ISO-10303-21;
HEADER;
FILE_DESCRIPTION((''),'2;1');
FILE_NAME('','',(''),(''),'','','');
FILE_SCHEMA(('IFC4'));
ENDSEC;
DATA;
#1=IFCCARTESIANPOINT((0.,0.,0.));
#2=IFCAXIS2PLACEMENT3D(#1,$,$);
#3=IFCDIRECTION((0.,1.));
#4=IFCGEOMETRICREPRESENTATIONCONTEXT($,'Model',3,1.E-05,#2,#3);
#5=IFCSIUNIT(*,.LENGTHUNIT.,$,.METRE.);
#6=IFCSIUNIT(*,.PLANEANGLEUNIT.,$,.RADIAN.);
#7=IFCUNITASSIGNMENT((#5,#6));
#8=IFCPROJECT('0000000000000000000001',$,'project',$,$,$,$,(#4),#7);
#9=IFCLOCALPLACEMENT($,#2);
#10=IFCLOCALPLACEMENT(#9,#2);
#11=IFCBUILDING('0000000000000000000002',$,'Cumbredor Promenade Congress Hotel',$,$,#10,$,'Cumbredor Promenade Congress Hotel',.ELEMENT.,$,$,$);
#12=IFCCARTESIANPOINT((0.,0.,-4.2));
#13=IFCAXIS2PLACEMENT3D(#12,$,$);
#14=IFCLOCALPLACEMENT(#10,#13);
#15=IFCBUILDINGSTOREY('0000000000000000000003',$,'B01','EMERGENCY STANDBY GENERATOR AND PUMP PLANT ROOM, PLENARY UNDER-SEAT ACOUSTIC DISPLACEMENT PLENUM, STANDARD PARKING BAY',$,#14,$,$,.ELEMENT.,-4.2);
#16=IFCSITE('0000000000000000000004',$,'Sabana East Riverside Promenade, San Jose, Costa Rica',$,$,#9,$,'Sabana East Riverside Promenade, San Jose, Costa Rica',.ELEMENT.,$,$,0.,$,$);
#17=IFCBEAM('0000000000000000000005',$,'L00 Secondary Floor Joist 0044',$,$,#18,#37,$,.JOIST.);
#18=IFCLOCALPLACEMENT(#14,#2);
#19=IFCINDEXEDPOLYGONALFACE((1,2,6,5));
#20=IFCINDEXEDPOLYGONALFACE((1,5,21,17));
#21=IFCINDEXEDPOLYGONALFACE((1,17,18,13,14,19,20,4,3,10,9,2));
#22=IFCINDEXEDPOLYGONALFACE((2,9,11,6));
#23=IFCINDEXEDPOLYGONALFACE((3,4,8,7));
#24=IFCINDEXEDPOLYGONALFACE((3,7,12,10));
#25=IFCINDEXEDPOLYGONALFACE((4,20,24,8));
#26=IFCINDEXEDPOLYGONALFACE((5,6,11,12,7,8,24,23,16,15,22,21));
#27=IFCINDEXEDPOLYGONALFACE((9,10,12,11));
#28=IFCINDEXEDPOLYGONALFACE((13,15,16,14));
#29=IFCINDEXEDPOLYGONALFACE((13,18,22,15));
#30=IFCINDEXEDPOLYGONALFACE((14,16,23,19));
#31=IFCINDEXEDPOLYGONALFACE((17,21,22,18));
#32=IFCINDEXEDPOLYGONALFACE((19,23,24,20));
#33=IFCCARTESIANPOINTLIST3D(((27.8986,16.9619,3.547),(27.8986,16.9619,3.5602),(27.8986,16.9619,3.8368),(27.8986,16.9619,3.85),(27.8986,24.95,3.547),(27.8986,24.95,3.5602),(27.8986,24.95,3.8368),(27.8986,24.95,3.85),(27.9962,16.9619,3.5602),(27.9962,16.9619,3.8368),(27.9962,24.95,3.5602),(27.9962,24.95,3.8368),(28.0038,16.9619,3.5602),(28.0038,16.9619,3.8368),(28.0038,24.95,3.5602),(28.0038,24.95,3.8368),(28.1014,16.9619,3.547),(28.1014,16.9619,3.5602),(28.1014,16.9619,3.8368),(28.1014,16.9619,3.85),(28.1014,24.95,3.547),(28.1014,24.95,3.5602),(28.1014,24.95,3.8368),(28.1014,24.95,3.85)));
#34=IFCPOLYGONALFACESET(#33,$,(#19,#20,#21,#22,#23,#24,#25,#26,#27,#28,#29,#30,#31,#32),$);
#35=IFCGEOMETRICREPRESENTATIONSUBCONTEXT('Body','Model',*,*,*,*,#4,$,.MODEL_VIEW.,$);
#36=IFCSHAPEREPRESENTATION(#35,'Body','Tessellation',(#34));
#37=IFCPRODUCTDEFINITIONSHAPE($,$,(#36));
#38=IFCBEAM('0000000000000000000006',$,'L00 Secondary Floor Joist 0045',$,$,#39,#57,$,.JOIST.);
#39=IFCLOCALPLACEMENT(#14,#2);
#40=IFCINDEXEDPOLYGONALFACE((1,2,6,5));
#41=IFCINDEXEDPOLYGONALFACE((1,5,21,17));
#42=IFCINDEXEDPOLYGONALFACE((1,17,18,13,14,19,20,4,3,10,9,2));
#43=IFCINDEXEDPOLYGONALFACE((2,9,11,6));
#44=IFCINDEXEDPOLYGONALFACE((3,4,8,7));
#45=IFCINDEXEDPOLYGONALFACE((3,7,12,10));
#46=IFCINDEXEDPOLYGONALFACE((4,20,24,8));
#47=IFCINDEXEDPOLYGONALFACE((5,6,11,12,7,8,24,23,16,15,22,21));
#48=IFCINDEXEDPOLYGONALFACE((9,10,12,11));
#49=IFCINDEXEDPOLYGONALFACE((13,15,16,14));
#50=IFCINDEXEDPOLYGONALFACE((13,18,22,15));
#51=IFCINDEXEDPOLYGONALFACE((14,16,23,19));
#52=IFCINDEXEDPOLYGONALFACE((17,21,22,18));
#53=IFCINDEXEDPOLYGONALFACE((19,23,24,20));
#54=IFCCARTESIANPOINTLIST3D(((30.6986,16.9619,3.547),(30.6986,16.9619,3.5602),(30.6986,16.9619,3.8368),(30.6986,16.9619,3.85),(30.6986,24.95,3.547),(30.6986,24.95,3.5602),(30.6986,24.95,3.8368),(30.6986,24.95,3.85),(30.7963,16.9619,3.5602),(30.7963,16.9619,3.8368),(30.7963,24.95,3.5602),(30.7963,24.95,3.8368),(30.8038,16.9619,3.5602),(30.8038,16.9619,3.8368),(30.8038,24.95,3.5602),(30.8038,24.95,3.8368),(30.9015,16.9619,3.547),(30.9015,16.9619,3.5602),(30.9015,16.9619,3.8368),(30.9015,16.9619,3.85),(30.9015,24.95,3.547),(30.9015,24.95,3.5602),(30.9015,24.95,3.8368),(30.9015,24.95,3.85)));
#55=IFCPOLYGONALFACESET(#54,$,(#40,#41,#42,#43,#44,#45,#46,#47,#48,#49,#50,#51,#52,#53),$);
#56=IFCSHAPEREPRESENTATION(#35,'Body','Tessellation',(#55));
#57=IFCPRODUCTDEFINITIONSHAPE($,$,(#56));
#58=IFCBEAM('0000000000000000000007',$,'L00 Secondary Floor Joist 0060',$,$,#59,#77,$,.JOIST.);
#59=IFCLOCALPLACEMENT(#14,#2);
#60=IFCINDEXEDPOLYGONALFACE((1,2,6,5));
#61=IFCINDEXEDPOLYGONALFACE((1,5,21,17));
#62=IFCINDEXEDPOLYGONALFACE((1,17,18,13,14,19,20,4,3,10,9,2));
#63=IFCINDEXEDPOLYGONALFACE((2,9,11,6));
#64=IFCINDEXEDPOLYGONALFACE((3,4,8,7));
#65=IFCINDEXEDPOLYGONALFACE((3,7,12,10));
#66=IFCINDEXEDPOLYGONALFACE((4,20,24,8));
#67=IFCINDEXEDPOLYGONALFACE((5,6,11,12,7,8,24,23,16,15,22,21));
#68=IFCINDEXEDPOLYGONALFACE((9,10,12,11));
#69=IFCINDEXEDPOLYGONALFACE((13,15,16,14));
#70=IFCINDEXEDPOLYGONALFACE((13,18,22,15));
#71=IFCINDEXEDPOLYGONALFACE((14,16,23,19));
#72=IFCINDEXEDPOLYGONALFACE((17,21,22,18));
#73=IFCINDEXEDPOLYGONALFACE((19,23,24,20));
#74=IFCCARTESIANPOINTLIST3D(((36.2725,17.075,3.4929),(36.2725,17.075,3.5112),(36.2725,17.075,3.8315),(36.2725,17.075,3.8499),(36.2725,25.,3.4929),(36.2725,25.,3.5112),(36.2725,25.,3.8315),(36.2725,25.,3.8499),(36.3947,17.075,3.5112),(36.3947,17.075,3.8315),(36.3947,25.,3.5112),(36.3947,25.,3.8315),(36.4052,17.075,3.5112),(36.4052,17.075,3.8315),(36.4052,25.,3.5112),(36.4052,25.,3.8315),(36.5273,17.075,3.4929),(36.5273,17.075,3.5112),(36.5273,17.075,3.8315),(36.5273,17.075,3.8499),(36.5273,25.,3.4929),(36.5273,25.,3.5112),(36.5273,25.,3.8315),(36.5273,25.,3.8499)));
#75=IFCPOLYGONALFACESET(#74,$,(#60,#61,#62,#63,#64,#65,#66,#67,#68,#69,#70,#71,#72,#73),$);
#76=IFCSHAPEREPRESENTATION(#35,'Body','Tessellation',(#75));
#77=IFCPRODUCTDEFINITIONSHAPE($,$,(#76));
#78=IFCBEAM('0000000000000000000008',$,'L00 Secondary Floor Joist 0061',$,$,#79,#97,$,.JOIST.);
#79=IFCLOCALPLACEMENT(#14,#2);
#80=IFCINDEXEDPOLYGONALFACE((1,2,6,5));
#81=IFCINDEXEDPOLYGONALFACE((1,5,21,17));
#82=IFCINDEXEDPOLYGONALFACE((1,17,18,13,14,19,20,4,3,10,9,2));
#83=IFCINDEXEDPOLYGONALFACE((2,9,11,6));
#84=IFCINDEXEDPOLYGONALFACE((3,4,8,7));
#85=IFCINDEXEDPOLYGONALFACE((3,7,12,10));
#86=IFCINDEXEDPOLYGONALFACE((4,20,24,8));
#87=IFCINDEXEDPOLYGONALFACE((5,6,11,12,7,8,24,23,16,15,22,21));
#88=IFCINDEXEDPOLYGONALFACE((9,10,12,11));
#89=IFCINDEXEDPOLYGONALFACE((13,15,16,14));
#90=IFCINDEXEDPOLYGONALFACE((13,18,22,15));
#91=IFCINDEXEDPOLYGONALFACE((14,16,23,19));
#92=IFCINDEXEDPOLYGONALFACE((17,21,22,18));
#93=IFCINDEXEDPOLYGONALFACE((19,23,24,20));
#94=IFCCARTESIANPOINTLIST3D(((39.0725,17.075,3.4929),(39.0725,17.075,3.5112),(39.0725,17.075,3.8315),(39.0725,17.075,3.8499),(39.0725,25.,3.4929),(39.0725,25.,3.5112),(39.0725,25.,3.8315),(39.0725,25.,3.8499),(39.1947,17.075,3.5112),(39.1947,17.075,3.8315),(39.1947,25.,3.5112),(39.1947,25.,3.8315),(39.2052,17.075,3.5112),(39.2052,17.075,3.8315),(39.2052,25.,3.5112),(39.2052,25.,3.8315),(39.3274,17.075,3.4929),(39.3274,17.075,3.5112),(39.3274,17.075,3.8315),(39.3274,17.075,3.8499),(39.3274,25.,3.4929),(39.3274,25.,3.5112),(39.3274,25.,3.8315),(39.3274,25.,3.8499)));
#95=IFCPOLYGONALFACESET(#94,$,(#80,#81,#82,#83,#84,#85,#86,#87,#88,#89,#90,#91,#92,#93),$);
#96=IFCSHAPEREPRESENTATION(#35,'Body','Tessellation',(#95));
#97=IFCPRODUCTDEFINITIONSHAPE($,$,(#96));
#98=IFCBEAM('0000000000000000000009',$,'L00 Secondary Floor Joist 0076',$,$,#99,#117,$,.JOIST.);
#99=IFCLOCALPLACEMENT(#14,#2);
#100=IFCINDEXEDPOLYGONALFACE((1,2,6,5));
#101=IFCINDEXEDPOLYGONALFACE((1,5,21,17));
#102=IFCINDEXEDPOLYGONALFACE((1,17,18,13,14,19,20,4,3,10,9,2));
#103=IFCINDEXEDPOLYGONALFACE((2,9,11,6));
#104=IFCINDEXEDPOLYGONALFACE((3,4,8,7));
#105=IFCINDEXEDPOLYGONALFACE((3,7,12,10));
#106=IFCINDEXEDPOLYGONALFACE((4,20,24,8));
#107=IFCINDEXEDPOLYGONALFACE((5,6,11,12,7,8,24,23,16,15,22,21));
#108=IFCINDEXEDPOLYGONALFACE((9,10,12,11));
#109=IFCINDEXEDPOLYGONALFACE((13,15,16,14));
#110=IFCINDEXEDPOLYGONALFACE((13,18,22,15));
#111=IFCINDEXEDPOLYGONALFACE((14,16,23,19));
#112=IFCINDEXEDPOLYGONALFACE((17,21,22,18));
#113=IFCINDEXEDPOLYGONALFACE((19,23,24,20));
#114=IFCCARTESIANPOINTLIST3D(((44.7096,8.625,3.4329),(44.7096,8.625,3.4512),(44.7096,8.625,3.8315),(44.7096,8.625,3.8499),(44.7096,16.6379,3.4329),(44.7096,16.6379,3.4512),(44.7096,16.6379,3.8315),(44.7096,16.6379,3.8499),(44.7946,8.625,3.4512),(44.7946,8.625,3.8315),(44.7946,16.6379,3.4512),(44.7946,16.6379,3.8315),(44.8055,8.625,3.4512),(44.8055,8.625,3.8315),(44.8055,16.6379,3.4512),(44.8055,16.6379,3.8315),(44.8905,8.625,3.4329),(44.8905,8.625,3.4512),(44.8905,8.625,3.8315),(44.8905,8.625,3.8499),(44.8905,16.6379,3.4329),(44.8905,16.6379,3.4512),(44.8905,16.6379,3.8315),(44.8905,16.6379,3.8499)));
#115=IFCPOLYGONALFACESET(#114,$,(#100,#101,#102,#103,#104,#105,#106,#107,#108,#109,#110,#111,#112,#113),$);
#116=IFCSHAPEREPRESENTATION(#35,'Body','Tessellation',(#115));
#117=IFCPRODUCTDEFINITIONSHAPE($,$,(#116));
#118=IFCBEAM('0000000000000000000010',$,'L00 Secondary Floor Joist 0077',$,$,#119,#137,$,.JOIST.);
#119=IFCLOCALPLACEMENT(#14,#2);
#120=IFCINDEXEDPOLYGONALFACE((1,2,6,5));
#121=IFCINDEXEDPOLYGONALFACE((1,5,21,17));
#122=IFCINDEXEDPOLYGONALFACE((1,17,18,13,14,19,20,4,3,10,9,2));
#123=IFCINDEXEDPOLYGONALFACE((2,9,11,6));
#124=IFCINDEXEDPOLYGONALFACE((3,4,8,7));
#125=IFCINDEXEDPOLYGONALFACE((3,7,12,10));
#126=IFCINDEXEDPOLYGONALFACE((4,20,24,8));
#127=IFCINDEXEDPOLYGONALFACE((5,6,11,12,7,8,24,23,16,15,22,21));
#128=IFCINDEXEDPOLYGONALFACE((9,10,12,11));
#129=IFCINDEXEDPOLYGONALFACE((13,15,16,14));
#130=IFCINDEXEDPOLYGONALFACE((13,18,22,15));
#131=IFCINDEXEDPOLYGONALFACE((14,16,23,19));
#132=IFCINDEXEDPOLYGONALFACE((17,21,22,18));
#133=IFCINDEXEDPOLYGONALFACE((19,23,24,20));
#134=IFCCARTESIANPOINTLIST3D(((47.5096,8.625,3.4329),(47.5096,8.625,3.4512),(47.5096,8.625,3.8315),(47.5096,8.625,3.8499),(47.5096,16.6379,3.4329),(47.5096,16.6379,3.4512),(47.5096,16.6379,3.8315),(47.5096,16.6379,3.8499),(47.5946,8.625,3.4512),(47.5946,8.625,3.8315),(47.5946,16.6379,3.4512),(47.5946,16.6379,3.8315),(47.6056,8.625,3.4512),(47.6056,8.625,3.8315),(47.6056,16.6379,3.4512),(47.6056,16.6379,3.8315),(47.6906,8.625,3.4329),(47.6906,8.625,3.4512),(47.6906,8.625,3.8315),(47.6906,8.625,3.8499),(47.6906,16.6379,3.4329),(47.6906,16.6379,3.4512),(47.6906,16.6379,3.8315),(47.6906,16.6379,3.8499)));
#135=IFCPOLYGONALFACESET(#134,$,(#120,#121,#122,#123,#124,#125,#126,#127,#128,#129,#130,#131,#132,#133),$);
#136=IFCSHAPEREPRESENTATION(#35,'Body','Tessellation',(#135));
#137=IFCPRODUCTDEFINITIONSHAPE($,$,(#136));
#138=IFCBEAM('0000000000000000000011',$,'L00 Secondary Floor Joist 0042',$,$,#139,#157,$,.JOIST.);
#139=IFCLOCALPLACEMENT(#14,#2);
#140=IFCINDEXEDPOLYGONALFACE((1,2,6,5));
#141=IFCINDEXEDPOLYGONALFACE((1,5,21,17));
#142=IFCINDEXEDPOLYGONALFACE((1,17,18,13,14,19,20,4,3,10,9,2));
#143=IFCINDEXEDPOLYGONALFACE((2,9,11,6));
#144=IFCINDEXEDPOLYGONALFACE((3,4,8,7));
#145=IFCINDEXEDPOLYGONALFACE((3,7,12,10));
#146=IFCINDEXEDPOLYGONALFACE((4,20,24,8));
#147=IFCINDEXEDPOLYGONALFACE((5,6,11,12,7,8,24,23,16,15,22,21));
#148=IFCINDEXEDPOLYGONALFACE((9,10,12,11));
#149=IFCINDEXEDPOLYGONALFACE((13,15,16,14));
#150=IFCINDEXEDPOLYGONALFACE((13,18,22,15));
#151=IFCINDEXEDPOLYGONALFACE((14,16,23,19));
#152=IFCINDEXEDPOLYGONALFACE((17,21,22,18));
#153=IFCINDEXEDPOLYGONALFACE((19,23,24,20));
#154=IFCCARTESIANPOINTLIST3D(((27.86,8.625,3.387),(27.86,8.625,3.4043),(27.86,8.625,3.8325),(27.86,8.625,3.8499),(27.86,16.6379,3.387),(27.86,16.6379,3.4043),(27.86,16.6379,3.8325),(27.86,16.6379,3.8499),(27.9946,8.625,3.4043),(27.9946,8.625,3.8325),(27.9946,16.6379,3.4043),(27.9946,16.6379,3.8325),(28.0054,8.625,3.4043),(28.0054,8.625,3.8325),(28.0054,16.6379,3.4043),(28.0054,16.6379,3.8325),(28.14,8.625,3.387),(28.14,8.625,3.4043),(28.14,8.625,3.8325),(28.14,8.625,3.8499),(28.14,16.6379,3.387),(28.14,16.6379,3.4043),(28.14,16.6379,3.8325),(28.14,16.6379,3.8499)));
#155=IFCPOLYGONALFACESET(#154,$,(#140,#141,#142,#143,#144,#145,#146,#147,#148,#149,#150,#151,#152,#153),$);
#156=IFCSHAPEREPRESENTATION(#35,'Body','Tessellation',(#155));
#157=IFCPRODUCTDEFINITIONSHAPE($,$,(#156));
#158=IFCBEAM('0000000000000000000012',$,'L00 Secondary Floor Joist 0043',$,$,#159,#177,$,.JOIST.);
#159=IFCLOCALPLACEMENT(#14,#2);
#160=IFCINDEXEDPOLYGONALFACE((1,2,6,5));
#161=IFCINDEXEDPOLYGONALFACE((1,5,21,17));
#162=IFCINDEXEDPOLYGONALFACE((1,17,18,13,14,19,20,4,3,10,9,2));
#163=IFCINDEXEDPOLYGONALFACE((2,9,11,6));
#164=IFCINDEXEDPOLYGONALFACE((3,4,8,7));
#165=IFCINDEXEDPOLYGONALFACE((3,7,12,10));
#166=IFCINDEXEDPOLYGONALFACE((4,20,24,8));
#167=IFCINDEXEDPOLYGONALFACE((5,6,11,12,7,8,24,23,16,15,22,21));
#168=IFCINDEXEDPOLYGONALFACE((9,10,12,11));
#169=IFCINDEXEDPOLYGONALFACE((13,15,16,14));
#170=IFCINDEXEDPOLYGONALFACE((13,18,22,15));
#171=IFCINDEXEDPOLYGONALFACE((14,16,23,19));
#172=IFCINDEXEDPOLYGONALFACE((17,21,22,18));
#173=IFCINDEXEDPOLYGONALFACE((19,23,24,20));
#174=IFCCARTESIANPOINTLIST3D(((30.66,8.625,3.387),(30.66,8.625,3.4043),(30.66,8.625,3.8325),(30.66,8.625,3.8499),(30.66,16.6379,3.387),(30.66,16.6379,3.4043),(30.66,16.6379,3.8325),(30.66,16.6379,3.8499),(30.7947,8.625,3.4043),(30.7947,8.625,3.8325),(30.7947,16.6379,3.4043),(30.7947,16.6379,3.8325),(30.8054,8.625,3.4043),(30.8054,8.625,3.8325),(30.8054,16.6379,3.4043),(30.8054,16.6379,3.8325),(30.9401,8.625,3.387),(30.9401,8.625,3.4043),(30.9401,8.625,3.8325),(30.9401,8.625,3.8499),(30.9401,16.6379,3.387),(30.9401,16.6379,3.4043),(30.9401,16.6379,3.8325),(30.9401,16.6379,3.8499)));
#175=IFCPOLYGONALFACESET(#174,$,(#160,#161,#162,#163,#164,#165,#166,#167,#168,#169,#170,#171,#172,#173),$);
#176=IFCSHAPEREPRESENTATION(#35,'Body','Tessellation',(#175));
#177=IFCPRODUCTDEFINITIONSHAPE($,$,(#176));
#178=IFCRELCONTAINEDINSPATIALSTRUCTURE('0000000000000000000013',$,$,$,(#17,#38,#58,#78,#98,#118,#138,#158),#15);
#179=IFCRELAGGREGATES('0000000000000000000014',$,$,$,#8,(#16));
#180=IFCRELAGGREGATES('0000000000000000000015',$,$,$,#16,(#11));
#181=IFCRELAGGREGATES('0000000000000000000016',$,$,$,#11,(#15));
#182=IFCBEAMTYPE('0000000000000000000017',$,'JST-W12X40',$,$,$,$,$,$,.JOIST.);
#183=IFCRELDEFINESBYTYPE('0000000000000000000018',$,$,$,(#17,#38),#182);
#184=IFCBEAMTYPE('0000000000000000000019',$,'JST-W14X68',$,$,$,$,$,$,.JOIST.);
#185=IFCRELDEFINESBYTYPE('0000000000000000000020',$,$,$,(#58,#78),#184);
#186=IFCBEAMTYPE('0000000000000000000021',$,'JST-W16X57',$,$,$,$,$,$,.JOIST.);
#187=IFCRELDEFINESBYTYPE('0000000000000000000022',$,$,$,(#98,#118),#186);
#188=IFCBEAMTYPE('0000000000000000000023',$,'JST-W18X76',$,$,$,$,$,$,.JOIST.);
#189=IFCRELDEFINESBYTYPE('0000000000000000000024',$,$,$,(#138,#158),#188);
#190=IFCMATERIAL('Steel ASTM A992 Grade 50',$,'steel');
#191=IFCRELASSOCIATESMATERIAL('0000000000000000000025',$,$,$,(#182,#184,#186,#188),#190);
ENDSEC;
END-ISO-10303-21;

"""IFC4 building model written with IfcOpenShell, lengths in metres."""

from ifc_helpers import new_model, si_unit, direction, frame, origin, origin_2d, place, context, subcontext, project, spatial, i_section, extrude, material, material_profile, profile_set, type_object, element, save


model = new_model("IFC4")

# Units and contexts
model_context = context("Model", 3, precision=1e-05, world=origin(), true_north=direction((0.0, 1.0)))
body_context = subcontext(model_context, "Body", "Model", "MODEL_VIEW")
ifc_project = project(units=[si_unit("LENGTHUNIT", "METRE"), si_unit("PLANEANGLEUNIT", "RADIAN")], contexts=[model_context])

# Site, building, storey
site_placement = place(None, origin())
site = spatial("IfcSite", under=ifc_project, at=site_placement, Name="Sabana East Riverside Promenade, San Jose, Costa Rica", LongName="Sabana East Riverside Promenade, San Jose, Costa Rica", CompositionType="ELEMENT", RefElevation=0.0)
building_placement = place(site_placement, origin())
building = spatial("IfcBuilding", under=site, at=building_placement, Name="Cumbredor Promenade Congress Hotel", LongName="Cumbredor Promenade Congress Hotel", CompositionType="ELEMENT")
storey_placement = place(building_placement, frame((0.0, 0.0, -4.2)))
storey = spatial("IfcBuildingStorey", under=building, at=storey_placement, Name="B01", Description="EMERGENCY STANDBY GENERATOR AND PUMP PLANT ROOM, PLENARY UNDER-SEAT ACOUSTIC DISPLACEMENT PLENUM, STANDARD PARKING BAY", CompositionType="ELEMENT", Elevation=-4.2)

# Beams
ifc_material_1 = material(Name="Steel ASTM A992 Grade 50", Category="steel")
ifc_material_profile_1 = material_profile(ifc_material_1, i_section(OverallWidth=0.2029, OverallDepth=0.303, WebThickness=0.0076, FlangeThickness=0.0132, at=origin_2d()), Name="W12X40")
ifc_profile_set_1 = profile_set([ifc_material_profile_1], Name="Steel ASTM A992 Grade 50")
beam_type_1 = type_object("IfcBeamType", Name="JST-W12X40", PredefinedType="JOIST", material=ifc_profile_set_1)
for number, where, z_axis, x_axis, name in (
    (1, (28.0, 16.9619, 3.6985), (0.0, 1.0, 0.0), (-1.0, 0.0, 0.0), "L00 Secondary Floor Joist 0044"),
    (2, (30.8, 16.9619, 3.6985), (0.0, 1.0, 0.0), (-1.0, 0.0, 0.0), "L00 Secondary Floor Joist 0045"),
):
    element("IfcBeam", number, at=place(storey_placement, frame(where, z_axis=z_axis, x_axis=x_axis)), inside=storey, type_object=beam_type_1, Name=name, PredefinedType="JOIST", context=body_context, shape_type="SweptSolid", body=[
        extrude(i_section(OverallWidth=0.2029, OverallDepth=0.303, WebThickness=0.0076, FlangeThickness=0.0132, at=origin_2d()), origin(), (0.0, 0.0, 1.0), 7.988),
    ])
ifc_material_profile_2 = material_profile(ifc_material_1, i_section(OverallWidth=0.2549, OverallDepth=0.3569, WebThickness=0.0105, FlangeThickness=0.0183, at=origin_2d()), Name="W14X68")
ifc_profile_set_2 = profile_set([ifc_material_profile_2], Name="Steel ASTM A992 Grade 50")
beam_type_2 = type_object("IfcBeamType", Name="JST-W14X68", PredefinedType="JOIST", material=ifc_profile_set_2)
for number, where, z_axis, x_axis, name in (
    (3, (36.3999, 17.075, 3.6714), (0.0, 1.0, 0.0), (-1.0, 0.0, 0.0), "L00 Secondary Floor Joist 0060"),
    (4, (39.2, 17.075, 3.6714), (0.0, 1.0, 0.0), (-1.0, 0.0, 0.0), "L00 Secondary Floor Joist 0061"),
):
    element("IfcBeam", number, at=place(storey_placement, frame(where, z_axis=z_axis, x_axis=x_axis)), inside=storey, type_object=beam_type_2, Name=name, PredefinedType="JOIST", context=body_context, shape_type="SweptSolid", body=[
        extrude(i_section(OverallWidth=0.2549, OverallDepth=0.3569, WebThickness=0.0105, FlangeThickness=0.0183, at=origin_2d()), origin(), (0.0, 0.0, 1.0), 7.925),
    ])
ifc_material_profile_3 = material_profile(ifc_material_1, i_section(OverallWidth=0.1809, OverallDepth=0.417, WebThickness=0.011, FlangeThickness=0.0183, at=origin_2d()), Name="W16X57")
ifc_profile_set_3 = profile_set([ifc_material_profile_3], Name="Steel ASTM A992 Grade 50")
beam_type_3 = type_object("IfcBeamType", Name="JST-W16X57", PredefinedType="JOIST", material=ifc_profile_set_3)
for number, where, z_axis, x_axis, name in (
    (5, (44.8, 8.625, 3.6414), (0.0, 1.0, 0.0), (-1.0, 0.0, 0.0), "L00 Secondary Floor Joist 0076"),
    (6, (47.6001, 8.625, 3.6414), (0.0, 1.0, 0.0), (-1.0, 0.0, 0.0), "L00 Secondary Floor Joist 0077"),
):
    element("IfcBeam", number, at=place(storey_placement, frame(where, z_axis=z_axis, x_axis=x_axis)), inside=storey, type_object=beam_type_3, Name=name, PredefinedType="JOIST", context=body_context, shape_type="SweptSolid", body=[
        extrude(i_section(OverallWidth=0.1809, OverallDepth=0.417, WebThickness=0.011, FlangeThickness=0.0183, at=origin_2d()), origin(), (0.0, 0.0, 1.0), 8.0129),
    ])
ifc_material_profile_4 = material_profile(ifc_material_1, i_section(OverallWidth=0.28, OverallDepth=0.4629, WebThickness=0.0107, FlangeThickness=0.0173, at=origin_2d()), Name="W18X76")
ifc_profile_set_4 = profile_set([ifc_material_profile_4], Name="Steel ASTM A992 Grade 50")
beam_type_4 = type_object("IfcBeamType", Name="JST-W18X76", PredefinedType="JOIST", material=ifc_profile_set_4)
for number, where, z_axis, x_axis, name in (
    (7, (28.0, 8.625, 3.6184), (0.0, 1.0, 0.0), (-1.0, 0.0, 0.0), "L00 Secondary Floor Joist 0042"),
    (8, (30.8, 8.625, 3.6184), (0.0, 1.0, 0.0), (-1.0, 0.0, 0.0), "L00 Secondary Floor Joist 0043"),
):
    element("IfcBeam", number, at=place(storey_placement, frame(where, z_axis=z_axis, x_axis=x_axis)), inside=storey, type_object=beam_type_4, Name=name, PredefinedType="JOIST", context=body_context, shape_type="SweptSolid", body=[
        extrude(i_section(OverallWidth=0.28, OverallDepth=0.4629, WebThickness=0.0107, FlangeThickness=0.0173, at=origin_2d()), origin(), (0.0, 0.0, 1.0), 8.0129),
    ])

save(model, "model.ifc")
